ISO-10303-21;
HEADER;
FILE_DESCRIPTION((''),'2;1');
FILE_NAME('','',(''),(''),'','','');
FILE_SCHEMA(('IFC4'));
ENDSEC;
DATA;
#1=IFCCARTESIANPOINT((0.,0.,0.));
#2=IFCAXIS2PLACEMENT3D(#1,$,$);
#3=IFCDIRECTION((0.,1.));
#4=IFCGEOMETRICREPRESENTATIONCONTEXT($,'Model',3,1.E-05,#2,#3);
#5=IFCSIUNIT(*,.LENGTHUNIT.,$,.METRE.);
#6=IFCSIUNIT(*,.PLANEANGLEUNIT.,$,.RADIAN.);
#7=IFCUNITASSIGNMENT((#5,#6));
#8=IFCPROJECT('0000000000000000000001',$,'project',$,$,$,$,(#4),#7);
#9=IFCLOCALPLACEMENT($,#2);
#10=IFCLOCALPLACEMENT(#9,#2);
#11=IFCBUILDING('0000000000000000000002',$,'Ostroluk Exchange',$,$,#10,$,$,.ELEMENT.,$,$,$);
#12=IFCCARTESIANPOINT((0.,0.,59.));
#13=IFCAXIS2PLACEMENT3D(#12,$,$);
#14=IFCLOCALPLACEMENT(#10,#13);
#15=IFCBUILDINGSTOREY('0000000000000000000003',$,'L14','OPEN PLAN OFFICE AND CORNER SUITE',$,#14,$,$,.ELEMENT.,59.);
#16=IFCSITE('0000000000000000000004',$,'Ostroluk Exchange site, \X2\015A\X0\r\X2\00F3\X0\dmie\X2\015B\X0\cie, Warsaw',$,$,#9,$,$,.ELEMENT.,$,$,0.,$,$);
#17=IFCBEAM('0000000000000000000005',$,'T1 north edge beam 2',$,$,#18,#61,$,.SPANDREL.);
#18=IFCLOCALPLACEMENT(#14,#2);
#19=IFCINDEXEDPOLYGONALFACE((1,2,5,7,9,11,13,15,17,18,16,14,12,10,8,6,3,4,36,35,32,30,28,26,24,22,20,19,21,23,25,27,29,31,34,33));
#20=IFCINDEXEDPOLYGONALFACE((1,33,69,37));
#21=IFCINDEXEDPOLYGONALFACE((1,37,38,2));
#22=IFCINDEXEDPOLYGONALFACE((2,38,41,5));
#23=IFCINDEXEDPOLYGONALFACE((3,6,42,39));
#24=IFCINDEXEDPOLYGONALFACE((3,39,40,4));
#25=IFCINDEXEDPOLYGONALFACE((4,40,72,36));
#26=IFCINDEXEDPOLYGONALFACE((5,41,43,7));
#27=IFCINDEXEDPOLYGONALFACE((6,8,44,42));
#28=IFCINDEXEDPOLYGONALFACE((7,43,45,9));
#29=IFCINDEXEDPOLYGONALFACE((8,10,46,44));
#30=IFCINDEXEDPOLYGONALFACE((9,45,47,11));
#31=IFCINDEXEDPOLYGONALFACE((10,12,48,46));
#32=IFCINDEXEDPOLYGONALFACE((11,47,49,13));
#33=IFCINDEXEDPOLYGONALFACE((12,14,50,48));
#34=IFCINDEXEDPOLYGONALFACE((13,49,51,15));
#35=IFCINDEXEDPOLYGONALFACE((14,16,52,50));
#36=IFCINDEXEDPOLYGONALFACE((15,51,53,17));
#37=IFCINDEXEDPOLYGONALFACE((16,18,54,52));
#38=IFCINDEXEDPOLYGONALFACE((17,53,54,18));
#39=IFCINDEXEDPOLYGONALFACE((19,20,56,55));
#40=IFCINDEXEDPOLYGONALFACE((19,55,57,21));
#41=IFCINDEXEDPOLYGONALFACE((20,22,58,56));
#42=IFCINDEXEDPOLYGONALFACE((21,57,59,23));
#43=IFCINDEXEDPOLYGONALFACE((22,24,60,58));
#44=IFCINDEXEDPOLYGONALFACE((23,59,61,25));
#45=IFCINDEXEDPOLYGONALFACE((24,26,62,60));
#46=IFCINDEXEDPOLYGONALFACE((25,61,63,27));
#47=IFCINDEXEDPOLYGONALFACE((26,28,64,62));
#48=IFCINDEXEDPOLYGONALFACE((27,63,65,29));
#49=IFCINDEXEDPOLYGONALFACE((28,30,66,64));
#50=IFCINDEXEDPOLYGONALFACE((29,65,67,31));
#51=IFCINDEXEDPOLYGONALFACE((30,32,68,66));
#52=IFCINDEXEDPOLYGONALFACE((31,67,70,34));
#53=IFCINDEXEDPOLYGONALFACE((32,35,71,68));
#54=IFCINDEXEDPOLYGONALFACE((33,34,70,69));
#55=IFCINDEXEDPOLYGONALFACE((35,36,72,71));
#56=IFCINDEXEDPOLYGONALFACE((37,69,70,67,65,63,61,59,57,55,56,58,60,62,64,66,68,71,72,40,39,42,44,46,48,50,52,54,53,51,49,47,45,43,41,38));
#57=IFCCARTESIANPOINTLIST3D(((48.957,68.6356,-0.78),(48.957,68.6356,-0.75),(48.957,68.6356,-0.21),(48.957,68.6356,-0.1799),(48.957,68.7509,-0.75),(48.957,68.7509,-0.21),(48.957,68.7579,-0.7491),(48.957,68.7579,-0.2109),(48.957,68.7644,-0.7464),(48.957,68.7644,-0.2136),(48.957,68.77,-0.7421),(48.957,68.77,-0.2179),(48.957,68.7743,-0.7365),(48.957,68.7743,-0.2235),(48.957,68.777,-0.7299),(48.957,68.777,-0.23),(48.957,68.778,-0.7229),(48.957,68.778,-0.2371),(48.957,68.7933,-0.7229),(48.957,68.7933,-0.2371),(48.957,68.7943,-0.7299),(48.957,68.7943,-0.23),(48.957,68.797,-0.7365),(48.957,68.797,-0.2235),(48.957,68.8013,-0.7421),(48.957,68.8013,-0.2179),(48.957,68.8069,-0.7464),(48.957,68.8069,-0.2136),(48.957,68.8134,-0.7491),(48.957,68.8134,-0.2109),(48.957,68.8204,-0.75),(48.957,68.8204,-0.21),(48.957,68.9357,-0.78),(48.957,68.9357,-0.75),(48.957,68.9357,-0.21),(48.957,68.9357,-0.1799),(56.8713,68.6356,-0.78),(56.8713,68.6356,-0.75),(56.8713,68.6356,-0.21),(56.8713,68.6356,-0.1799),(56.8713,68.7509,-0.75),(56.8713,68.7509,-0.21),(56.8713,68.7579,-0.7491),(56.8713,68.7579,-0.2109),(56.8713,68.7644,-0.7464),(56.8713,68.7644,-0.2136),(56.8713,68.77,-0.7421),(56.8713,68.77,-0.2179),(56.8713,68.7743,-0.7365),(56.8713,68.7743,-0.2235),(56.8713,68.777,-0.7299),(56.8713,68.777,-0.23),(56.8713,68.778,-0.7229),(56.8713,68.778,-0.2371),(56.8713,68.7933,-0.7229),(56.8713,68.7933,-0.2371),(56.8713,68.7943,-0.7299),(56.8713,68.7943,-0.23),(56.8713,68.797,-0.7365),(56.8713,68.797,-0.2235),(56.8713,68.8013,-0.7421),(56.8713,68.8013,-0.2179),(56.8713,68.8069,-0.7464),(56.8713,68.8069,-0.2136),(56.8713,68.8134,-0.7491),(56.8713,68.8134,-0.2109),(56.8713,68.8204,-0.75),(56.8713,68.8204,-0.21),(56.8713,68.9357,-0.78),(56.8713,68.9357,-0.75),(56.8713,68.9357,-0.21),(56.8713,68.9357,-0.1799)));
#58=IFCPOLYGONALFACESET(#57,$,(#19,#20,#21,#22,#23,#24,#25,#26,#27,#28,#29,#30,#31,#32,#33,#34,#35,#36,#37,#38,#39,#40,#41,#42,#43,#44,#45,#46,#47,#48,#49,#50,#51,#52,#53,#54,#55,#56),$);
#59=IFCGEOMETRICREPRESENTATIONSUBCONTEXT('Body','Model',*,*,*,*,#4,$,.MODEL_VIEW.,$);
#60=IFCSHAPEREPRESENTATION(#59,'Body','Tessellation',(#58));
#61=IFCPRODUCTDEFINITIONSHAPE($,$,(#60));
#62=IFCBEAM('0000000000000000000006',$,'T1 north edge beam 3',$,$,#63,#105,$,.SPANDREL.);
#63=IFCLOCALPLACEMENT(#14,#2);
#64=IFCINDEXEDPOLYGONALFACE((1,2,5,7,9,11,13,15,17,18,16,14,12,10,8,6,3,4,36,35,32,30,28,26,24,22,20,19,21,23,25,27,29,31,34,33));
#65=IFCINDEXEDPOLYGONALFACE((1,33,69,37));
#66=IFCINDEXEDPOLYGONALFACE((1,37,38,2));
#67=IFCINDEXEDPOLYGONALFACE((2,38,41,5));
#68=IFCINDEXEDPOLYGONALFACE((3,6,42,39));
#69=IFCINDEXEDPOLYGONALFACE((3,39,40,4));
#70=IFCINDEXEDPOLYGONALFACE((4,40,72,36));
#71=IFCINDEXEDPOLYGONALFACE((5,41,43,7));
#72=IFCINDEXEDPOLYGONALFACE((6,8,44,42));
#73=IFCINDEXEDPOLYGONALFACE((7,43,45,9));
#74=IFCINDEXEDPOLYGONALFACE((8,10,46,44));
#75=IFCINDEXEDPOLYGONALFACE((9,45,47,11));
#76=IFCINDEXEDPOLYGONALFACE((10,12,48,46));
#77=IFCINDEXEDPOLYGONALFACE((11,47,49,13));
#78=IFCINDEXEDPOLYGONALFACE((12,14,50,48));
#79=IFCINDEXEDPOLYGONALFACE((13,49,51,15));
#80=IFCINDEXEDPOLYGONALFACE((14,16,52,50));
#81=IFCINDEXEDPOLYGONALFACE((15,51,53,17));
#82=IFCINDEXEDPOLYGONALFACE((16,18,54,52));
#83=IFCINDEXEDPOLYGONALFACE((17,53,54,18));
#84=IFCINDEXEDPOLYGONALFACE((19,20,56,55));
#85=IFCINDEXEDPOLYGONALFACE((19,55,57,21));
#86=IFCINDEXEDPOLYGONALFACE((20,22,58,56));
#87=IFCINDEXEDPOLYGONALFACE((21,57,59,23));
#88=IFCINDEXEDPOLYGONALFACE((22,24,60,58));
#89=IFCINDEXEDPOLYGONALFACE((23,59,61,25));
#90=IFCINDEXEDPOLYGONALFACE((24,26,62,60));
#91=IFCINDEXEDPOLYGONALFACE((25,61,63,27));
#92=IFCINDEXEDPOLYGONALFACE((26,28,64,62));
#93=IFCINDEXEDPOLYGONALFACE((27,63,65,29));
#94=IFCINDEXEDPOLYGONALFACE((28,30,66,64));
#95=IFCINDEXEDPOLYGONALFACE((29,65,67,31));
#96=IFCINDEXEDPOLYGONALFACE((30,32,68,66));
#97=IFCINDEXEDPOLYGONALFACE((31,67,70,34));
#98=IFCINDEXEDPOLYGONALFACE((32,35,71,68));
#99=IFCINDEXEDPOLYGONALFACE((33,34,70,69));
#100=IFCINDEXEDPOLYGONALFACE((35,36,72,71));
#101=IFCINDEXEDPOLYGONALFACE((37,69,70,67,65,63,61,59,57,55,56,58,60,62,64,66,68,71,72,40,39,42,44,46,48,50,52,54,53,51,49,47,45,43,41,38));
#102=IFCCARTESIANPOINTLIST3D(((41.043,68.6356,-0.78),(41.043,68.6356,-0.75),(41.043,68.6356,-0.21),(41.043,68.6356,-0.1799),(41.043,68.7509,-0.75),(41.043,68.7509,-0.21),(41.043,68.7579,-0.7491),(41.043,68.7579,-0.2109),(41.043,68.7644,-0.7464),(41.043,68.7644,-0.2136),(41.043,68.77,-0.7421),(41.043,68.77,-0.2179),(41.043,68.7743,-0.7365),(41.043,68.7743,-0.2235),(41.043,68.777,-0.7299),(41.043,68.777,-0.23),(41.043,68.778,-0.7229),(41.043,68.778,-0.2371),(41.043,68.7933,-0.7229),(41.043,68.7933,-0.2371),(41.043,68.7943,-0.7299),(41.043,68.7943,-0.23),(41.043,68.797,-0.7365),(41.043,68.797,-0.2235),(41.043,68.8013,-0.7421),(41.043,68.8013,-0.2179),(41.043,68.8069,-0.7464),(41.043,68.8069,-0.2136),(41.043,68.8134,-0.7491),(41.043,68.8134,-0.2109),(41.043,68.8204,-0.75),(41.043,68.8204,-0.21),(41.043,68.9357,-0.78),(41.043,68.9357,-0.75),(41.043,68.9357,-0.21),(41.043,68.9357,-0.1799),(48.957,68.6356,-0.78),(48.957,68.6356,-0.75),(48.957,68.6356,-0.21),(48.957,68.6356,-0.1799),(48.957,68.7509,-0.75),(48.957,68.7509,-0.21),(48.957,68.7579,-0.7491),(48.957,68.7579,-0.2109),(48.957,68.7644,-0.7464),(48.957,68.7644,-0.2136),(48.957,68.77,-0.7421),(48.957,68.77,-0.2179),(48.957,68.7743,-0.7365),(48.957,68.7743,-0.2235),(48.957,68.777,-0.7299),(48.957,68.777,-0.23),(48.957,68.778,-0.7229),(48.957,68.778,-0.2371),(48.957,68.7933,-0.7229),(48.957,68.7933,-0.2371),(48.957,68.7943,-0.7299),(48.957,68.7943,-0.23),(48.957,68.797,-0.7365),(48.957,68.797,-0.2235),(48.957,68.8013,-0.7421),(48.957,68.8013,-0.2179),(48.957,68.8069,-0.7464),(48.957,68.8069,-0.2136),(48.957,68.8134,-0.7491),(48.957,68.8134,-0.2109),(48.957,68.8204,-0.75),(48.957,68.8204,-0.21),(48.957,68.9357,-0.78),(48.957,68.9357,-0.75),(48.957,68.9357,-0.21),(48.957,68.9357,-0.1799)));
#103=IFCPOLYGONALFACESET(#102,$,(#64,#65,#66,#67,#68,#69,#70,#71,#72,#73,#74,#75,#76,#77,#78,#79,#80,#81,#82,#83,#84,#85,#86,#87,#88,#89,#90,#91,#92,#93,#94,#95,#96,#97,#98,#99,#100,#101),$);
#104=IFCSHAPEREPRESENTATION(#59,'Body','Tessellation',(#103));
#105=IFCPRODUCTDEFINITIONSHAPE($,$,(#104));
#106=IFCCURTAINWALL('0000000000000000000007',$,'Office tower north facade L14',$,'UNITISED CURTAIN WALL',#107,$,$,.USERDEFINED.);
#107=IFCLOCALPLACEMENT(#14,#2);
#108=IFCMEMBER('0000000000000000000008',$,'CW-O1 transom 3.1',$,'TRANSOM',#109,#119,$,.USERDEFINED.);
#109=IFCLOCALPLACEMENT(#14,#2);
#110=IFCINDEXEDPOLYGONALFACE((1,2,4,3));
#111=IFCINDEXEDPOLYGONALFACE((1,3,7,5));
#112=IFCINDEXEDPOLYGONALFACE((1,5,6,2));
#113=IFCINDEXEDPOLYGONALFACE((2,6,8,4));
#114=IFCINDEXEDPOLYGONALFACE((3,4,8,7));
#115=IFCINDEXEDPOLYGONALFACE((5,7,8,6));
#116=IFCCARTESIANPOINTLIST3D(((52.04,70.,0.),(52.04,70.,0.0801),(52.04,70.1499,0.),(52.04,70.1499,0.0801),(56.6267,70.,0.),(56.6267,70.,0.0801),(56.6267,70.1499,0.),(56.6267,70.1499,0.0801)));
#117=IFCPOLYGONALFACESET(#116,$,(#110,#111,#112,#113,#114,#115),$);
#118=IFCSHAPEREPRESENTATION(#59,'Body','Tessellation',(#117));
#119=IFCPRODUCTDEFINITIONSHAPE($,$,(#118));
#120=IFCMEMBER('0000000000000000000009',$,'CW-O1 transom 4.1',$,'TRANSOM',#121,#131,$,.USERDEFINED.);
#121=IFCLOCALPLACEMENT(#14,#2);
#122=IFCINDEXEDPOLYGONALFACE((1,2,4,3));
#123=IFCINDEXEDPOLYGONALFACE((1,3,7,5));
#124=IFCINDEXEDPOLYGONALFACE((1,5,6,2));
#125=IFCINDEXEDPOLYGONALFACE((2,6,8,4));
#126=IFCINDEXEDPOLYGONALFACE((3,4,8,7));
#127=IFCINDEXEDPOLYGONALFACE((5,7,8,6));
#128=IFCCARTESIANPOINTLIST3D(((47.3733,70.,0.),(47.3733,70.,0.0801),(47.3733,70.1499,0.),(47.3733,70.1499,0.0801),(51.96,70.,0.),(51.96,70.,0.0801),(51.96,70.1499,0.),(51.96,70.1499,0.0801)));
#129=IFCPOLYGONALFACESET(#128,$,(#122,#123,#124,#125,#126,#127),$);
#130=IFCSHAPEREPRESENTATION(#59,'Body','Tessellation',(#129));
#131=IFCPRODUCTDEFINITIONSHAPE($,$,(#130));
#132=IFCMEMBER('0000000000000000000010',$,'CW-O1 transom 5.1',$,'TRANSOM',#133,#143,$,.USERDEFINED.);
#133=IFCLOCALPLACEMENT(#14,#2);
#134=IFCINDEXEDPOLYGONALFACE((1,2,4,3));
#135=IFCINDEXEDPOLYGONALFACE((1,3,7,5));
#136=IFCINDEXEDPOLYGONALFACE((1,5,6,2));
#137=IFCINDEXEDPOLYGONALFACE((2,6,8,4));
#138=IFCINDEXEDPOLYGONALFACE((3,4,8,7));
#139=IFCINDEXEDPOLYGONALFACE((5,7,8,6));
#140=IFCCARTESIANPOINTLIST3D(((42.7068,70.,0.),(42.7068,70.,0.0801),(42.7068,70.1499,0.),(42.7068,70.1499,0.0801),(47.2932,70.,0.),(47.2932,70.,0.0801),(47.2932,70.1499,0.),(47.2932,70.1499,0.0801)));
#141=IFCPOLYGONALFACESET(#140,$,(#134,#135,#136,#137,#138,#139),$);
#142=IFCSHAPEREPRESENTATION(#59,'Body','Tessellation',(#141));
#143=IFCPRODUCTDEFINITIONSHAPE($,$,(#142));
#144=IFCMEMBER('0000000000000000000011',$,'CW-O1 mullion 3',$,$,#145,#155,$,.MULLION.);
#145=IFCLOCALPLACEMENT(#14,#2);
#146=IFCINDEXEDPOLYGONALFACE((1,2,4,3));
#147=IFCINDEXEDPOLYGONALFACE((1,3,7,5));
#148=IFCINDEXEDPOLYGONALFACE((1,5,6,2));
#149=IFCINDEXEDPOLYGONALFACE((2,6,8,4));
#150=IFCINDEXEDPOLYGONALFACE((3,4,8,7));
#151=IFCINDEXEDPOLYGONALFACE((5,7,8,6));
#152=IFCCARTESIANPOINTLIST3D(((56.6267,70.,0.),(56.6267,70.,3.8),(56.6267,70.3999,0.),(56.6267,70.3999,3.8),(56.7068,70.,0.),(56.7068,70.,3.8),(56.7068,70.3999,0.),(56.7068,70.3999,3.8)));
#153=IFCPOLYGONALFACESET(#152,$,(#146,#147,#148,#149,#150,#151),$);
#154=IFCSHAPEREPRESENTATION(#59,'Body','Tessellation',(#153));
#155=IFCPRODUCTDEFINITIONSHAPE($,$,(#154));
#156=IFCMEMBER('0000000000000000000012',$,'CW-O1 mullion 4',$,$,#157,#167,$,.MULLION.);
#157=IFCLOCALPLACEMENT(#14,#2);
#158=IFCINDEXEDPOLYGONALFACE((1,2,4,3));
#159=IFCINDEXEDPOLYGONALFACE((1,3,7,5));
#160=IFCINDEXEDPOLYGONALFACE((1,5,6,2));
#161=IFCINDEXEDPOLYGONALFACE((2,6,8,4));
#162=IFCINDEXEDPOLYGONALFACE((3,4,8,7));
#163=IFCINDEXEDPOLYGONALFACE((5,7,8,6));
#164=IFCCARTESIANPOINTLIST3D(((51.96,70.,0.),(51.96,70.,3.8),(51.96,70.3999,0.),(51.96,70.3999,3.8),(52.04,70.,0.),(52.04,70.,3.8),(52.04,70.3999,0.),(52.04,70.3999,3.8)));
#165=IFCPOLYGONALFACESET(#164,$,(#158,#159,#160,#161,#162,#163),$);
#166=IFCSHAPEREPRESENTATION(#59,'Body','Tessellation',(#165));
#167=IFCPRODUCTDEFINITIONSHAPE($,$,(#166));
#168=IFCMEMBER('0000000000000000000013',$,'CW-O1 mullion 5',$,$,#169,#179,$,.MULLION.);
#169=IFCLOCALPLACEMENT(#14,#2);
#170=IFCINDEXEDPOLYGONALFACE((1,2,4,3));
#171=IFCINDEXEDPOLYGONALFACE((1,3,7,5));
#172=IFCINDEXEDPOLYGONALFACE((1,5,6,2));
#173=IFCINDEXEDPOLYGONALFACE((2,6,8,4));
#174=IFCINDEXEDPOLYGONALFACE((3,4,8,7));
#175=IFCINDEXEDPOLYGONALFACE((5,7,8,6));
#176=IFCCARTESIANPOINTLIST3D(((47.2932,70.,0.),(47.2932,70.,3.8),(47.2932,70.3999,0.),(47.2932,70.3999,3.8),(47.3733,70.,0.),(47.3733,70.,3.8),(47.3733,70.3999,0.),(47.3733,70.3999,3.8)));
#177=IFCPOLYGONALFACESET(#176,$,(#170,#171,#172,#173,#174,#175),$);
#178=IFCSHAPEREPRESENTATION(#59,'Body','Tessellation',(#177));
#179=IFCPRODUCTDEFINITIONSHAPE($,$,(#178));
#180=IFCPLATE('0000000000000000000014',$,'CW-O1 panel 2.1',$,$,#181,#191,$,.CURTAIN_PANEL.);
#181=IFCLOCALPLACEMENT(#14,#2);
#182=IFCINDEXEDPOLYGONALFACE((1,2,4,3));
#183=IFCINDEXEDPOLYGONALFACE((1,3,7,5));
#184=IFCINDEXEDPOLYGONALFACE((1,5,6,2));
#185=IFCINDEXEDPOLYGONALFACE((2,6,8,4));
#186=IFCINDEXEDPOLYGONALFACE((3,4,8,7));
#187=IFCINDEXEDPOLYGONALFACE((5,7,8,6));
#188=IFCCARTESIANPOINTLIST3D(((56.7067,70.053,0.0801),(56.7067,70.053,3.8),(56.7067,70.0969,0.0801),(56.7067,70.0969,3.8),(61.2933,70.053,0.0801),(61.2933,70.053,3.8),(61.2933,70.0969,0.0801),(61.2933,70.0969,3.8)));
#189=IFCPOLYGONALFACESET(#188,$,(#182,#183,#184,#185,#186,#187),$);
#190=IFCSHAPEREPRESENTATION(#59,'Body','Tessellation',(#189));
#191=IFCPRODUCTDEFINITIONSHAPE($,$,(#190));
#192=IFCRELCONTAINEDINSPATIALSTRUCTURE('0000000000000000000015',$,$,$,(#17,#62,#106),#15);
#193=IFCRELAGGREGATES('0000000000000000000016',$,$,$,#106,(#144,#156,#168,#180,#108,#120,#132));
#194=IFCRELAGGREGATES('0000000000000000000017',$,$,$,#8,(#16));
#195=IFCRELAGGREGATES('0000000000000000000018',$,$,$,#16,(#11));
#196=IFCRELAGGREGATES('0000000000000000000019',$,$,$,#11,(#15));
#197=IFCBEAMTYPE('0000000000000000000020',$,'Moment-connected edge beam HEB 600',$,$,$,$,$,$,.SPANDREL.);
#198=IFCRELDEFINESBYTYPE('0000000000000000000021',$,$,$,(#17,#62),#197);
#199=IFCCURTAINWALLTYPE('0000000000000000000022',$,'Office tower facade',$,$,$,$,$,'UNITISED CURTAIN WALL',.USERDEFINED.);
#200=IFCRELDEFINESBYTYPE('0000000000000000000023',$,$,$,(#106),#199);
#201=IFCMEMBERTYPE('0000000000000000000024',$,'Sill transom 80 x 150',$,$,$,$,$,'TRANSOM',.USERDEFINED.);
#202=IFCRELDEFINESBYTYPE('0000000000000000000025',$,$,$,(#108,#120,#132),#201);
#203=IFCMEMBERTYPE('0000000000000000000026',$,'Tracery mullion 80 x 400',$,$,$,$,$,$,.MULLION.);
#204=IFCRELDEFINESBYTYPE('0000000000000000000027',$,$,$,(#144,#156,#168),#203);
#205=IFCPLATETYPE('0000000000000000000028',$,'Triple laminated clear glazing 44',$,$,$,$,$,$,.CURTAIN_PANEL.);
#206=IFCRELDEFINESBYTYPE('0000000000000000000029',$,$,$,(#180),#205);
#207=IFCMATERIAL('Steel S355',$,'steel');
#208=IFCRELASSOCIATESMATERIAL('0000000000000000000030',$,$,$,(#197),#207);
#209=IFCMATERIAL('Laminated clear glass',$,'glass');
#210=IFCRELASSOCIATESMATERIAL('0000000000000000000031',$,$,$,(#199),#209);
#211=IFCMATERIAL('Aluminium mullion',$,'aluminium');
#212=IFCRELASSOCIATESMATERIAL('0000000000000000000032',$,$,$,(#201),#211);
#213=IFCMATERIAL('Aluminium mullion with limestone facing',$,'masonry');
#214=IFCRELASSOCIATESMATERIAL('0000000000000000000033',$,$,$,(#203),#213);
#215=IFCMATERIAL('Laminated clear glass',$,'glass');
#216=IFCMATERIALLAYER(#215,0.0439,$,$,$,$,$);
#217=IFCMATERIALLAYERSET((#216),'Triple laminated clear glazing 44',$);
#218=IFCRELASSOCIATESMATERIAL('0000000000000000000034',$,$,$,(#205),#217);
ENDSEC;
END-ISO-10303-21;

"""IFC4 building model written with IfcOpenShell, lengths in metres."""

from ifc_helpers import new_model, si_unit, direction, frame, origin, origin_2d, place, context, subcontext, project, spatial, rectangle, i_section, extrude, material, layer, layer_set, material_profile, profile_set, type_object, element, aggregate, save


model = new_model("IFC4")

# Units and contexts
model_context = context("Model", 3, precision=1e-05, world=origin(), true_north=direction((0.0, 1.0)))
body_context = subcontext(model_context, "Body", "Model", "MODEL_VIEW")
ifc_project = project(units=[si_unit("LENGTHUNIT", "METRE"), si_unit("PLANEANGLEUNIT", "RADIAN")], contexts=[model_context])

# Site, building, storey
site_placement = place(None, origin())
site = spatial("IfcSite", under=ifc_project, at=site_placement, Name="Ostroluk Exchange site, Śródmieście, Warsaw", CompositionType="ELEMENT", RefElevation=0.0)
building_placement = place(site_placement, origin())
building = spatial("IfcBuilding", under=site, at=building_placement, Name="Ostroluk Exchange", CompositionType="ELEMENT")
storey_placement = place(building_placement, frame((0.0, 0.0, 59.0)))
storey = spatial("IfcBuildingStorey", under=building, at=storey_placement, Name="L14", Description="OPEN PLAN OFFICE AND CORNER SUITE", CompositionType="ELEMENT", Elevation=59.0)

# Beams
ifc_material_1 = material(Name="Steel S355", Category="steel")
ifc_material_profile_1 = material_profile(ifc_material_1, i_section(OverallWidth=0.3, OverallDepth=0.6001, WebThickness=0.0154, FlangeThickness=0.03, FilletRadius=0.0271, at=origin_2d()), Name="HEB 600")
ifc_profile_set_1 = profile_set([ifc_material_profile_1], Name="Steel S355")
beam_type_1 = type_object("IfcBeamType", Name="Moment-connected edge beam HEB 600", PredefinedType="SPANDREL", material=ifc_profile_set_1)
beam_1_placement = place(storey_placement, frame((56.8713, 68.7856, -0.48), z_axis=(-1.0, 0.0, 0.0), x_axis=(0.0, -1.0, 0.0)))
element("IfcBeam", 1, at=beam_1_placement, inside=storey, type_object=beam_type_1, Name="T1 north edge beam 2", PredefinedType="SPANDREL", context=body_context, shape_type="SweptSolid", body=[
    extrude(i_section(OverallWidth=0.3, OverallDepth=0.6001, WebThickness=0.0154, FlangeThickness=0.03, FilletRadius=0.0271, at=origin_2d()), origin(), (0.0, 0.0, 1.0), 7.9143),
])
beam_2_placement = place(storey_placement, frame((48.957, 68.7856, -0.48), z_axis=(-1.0, 0.0, 0.0), x_axis=(0.0, -1.0, 0.0)))
element("IfcBeam", 2, at=beam_2_placement, inside=storey, type_object=beam_type_1, Name="T1 north edge beam 3", PredefinedType="SPANDREL", context=body_context, shape_type="SweptSolid", body=[
    extrude(i_section(OverallWidth=0.3, OverallDepth=0.6001, WebThickness=0.0154, FlangeThickness=0.03, FilletRadius=0.0271, at=origin_2d()), origin(), (0.0, 0.0, 1.0), 7.9141),
])

# Curtain wall, members, plate
ifc_material_2 = material(Name="Laminated clear glass", Category="glass")
curtain_wall_type = type_object("IfcCurtainWallType", Name="Office tower facade", ElementType="UNITISED CURTAIN WALL", PredefinedType="USERDEFINED", material=ifc_material_2)
curtain_wall_placement = place(storey_placement, origin())
curtain_wall = element("IfcCurtainWall", 3, at=curtain_wall_placement, inside=storey, type_object=curtain_wall_type, Name="Office tower north facade L14", ObjectType="UNITISED CURTAIN WALL", PredefinedType="USERDEFINED")
ifc_material_3 = material(Name="Aluminium mullion", Category="aluminium")
ifc_material_profile_2 = material_profile(ifc_material_3, rectangle(XDim=0.1499, YDim=0.0801, at=origin_2d()), Name="Sill transom 80 x 150")
ifc_profile_set_2 = profile_set([ifc_material_profile_2], Name="Aluminium mullion")
member_type_1 = type_object("IfcMemberType", Name="Sill transom 80 x 150", ElementType="TRANSOM", PredefinedType="USERDEFINED", material=ifc_profile_set_2)
member_1_placement = place(storey_placement, frame((56.6267, 70.075, 0.04), z_axis=(-1.0, 0.0, 0.0), x_axis=(0.0, -1.0, 0.0)))
member_1 = element("IfcMember", 4, at=member_1_placement, type_object=member_type_1, Name="CW-O1 transom 3.1", ObjectType="TRANSOM", PredefinedType="USERDEFINED", context=body_context, shape_type="SweptSolid", body=[
    extrude(rectangle(XDim=0.1499, YDim=0.0801, at=origin_2d()), origin(), (0.0, 0.0, 1.0), 4.5867),
])
member_2_placement = place(storey_placement, frame((51.96, 70.075, 0.04), z_axis=(-1.0, 0.0, 0.0), x_axis=(0.0, -1.0, 0.0)))
member_2 = element("IfcMember", 5, at=member_2_placement, type_object=member_type_1, Name="CW-O1 transom 4.1", ObjectType="TRANSOM", PredefinedType="USERDEFINED", context=body_context, shape_type="SweptSolid", body=[
    extrude(rectangle(XDim=0.1499, YDim=0.0801, at=origin_2d()), origin(), (0.0, 0.0, 1.0), 4.5867),
])
member_3_placement = place(storey_placement, frame((47.2932, 70.075, 0.04), z_axis=(-1.0, 0.0, 0.0), x_axis=(0.0, -1.0, 0.0)))
member_3 = element("IfcMember", 6, at=member_3_placement, type_object=member_type_1, Name="CW-O1 transom 5.1", ObjectType="TRANSOM", PredefinedType="USERDEFINED", context=body_context, shape_type="SweptSolid", body=[
    extrude(rectangle(XDim=0.1499, YDim=0.0801, at=origin_2d()), origin(), (0.0, 0.0, 1.0), 4.5864),
])
ifc_material_4 = material(Name="Aluminium mullion with limestone facing", Category="masonry")
ifc_material_profile_3 = material_profile(ifc_material_4, rectangle(XDim=0.3999, YDim=0.0801, at=origin_2d()), Name="Tracery mullion 80 x 400")
ifc_profile_set_3 = profile_set([ifc_material_profile_3], Name="Aluminium mullion with limestone facing")
member_type_2 = type_object("IfcMemberType", Name="Tracery mullion 80 x 400", PredefinedType="MULLION", material=ifc_profile_set_3)
member_4_placement = place(storey_placement, frame((56.6667, 70.2, 0.0), z_axis=(0.0, 0.0, 1.0), x_axis=(0.0, -1.0, 0.0)))
member_4 = element("IfcMember", 7, at=member_4_placement, type_object=member_type_2, Name="CW-O1 mullion 3", PredefinedType="MULLION", context=body_context, shape_type="SweptSolid", body=[
    extrude(rectangle(XDim=0.3999, YDim=0.0801, at=origin_2d()), origin(), (0.0, 0.0, 1.0), 3.8),
])
member_5_placement = place(storey_placement, frame((52.0, 70.2, 0.0), z_axis=(0.0, 0.0, 1.0), x_axis=(0.0, -1.0, 0.0)))
member_5 = element("IfcMember", 8, at=member_5_placement, type_object=member_type_2, Name="CW-O1 mullion 4", PredefinedType="MULLION", context=body_context, shape_type="SweptSolid", body=[
    extrude(rectangle(XDim=0.3999, YDim=0.0801, at=origin_2d()), origin(), (0.0, 0.0, 1.0), 3.8),
])
member_6_placement = place(storey_placement, frame((47.3333, 70.2, 0.0), z_axis=(0.0, 0.0, 1.0), x_axis=(0.0, -1.0, 0.0)))
member_6 = element("IfcMember", 9, at=member_6_placement, type_object=member_type_2, Name="CW-O1 mullion 5", PredefinedType="MULLION", context=body_context, shape_type="SweptSolid", body=[
    extrude(rectangle(XDim=0.3999, YDim=0.0801, at=origin_2d()), origin(), (0.0, 0.0, 1.0), 3.8),
])
ifc_material_5 = material(Name="Laminated clear glass", Category="glass")
ifc_layer_1 = layer(ifc_material_5, 0.0439)
ifc_layer_set_1 = layer_set([ifc_layer_1], Name="Triple laminated clear glazing 44")
plate_type = type_object("IfcPlateType", Name="Triple laminated clear glazing 44", PredefinedType="CURTAIN_PANEL", material=ifc_layer_set_1)
plate_1_placement = place(storey_placement, frame((59.0, 70.075, 0.0801), z_axis=(0.0, 0.0, 1.0), x_axis=(-1.0, 0.0, 0.0)))
plate_1 = element("IfcPlate", 10, at=plate_1_placement, type_object=plate_type, Name="CW-O1 panel 2.1", PredefinedType="CURTAIN_PANEL", context=body_context, shape_type="SweptSolid", body=[
    extrude(rectangle(XDim=4.5867, YDim=0.0439, at=origin_2d()), origin(), (0.0, 0.0, 1.0), 3.72),
])
aggregate(curtain_wall, [member_4, member_5, member_6, plate_1, member_1, member_2, member_3])

save(model, "model.ifc")
